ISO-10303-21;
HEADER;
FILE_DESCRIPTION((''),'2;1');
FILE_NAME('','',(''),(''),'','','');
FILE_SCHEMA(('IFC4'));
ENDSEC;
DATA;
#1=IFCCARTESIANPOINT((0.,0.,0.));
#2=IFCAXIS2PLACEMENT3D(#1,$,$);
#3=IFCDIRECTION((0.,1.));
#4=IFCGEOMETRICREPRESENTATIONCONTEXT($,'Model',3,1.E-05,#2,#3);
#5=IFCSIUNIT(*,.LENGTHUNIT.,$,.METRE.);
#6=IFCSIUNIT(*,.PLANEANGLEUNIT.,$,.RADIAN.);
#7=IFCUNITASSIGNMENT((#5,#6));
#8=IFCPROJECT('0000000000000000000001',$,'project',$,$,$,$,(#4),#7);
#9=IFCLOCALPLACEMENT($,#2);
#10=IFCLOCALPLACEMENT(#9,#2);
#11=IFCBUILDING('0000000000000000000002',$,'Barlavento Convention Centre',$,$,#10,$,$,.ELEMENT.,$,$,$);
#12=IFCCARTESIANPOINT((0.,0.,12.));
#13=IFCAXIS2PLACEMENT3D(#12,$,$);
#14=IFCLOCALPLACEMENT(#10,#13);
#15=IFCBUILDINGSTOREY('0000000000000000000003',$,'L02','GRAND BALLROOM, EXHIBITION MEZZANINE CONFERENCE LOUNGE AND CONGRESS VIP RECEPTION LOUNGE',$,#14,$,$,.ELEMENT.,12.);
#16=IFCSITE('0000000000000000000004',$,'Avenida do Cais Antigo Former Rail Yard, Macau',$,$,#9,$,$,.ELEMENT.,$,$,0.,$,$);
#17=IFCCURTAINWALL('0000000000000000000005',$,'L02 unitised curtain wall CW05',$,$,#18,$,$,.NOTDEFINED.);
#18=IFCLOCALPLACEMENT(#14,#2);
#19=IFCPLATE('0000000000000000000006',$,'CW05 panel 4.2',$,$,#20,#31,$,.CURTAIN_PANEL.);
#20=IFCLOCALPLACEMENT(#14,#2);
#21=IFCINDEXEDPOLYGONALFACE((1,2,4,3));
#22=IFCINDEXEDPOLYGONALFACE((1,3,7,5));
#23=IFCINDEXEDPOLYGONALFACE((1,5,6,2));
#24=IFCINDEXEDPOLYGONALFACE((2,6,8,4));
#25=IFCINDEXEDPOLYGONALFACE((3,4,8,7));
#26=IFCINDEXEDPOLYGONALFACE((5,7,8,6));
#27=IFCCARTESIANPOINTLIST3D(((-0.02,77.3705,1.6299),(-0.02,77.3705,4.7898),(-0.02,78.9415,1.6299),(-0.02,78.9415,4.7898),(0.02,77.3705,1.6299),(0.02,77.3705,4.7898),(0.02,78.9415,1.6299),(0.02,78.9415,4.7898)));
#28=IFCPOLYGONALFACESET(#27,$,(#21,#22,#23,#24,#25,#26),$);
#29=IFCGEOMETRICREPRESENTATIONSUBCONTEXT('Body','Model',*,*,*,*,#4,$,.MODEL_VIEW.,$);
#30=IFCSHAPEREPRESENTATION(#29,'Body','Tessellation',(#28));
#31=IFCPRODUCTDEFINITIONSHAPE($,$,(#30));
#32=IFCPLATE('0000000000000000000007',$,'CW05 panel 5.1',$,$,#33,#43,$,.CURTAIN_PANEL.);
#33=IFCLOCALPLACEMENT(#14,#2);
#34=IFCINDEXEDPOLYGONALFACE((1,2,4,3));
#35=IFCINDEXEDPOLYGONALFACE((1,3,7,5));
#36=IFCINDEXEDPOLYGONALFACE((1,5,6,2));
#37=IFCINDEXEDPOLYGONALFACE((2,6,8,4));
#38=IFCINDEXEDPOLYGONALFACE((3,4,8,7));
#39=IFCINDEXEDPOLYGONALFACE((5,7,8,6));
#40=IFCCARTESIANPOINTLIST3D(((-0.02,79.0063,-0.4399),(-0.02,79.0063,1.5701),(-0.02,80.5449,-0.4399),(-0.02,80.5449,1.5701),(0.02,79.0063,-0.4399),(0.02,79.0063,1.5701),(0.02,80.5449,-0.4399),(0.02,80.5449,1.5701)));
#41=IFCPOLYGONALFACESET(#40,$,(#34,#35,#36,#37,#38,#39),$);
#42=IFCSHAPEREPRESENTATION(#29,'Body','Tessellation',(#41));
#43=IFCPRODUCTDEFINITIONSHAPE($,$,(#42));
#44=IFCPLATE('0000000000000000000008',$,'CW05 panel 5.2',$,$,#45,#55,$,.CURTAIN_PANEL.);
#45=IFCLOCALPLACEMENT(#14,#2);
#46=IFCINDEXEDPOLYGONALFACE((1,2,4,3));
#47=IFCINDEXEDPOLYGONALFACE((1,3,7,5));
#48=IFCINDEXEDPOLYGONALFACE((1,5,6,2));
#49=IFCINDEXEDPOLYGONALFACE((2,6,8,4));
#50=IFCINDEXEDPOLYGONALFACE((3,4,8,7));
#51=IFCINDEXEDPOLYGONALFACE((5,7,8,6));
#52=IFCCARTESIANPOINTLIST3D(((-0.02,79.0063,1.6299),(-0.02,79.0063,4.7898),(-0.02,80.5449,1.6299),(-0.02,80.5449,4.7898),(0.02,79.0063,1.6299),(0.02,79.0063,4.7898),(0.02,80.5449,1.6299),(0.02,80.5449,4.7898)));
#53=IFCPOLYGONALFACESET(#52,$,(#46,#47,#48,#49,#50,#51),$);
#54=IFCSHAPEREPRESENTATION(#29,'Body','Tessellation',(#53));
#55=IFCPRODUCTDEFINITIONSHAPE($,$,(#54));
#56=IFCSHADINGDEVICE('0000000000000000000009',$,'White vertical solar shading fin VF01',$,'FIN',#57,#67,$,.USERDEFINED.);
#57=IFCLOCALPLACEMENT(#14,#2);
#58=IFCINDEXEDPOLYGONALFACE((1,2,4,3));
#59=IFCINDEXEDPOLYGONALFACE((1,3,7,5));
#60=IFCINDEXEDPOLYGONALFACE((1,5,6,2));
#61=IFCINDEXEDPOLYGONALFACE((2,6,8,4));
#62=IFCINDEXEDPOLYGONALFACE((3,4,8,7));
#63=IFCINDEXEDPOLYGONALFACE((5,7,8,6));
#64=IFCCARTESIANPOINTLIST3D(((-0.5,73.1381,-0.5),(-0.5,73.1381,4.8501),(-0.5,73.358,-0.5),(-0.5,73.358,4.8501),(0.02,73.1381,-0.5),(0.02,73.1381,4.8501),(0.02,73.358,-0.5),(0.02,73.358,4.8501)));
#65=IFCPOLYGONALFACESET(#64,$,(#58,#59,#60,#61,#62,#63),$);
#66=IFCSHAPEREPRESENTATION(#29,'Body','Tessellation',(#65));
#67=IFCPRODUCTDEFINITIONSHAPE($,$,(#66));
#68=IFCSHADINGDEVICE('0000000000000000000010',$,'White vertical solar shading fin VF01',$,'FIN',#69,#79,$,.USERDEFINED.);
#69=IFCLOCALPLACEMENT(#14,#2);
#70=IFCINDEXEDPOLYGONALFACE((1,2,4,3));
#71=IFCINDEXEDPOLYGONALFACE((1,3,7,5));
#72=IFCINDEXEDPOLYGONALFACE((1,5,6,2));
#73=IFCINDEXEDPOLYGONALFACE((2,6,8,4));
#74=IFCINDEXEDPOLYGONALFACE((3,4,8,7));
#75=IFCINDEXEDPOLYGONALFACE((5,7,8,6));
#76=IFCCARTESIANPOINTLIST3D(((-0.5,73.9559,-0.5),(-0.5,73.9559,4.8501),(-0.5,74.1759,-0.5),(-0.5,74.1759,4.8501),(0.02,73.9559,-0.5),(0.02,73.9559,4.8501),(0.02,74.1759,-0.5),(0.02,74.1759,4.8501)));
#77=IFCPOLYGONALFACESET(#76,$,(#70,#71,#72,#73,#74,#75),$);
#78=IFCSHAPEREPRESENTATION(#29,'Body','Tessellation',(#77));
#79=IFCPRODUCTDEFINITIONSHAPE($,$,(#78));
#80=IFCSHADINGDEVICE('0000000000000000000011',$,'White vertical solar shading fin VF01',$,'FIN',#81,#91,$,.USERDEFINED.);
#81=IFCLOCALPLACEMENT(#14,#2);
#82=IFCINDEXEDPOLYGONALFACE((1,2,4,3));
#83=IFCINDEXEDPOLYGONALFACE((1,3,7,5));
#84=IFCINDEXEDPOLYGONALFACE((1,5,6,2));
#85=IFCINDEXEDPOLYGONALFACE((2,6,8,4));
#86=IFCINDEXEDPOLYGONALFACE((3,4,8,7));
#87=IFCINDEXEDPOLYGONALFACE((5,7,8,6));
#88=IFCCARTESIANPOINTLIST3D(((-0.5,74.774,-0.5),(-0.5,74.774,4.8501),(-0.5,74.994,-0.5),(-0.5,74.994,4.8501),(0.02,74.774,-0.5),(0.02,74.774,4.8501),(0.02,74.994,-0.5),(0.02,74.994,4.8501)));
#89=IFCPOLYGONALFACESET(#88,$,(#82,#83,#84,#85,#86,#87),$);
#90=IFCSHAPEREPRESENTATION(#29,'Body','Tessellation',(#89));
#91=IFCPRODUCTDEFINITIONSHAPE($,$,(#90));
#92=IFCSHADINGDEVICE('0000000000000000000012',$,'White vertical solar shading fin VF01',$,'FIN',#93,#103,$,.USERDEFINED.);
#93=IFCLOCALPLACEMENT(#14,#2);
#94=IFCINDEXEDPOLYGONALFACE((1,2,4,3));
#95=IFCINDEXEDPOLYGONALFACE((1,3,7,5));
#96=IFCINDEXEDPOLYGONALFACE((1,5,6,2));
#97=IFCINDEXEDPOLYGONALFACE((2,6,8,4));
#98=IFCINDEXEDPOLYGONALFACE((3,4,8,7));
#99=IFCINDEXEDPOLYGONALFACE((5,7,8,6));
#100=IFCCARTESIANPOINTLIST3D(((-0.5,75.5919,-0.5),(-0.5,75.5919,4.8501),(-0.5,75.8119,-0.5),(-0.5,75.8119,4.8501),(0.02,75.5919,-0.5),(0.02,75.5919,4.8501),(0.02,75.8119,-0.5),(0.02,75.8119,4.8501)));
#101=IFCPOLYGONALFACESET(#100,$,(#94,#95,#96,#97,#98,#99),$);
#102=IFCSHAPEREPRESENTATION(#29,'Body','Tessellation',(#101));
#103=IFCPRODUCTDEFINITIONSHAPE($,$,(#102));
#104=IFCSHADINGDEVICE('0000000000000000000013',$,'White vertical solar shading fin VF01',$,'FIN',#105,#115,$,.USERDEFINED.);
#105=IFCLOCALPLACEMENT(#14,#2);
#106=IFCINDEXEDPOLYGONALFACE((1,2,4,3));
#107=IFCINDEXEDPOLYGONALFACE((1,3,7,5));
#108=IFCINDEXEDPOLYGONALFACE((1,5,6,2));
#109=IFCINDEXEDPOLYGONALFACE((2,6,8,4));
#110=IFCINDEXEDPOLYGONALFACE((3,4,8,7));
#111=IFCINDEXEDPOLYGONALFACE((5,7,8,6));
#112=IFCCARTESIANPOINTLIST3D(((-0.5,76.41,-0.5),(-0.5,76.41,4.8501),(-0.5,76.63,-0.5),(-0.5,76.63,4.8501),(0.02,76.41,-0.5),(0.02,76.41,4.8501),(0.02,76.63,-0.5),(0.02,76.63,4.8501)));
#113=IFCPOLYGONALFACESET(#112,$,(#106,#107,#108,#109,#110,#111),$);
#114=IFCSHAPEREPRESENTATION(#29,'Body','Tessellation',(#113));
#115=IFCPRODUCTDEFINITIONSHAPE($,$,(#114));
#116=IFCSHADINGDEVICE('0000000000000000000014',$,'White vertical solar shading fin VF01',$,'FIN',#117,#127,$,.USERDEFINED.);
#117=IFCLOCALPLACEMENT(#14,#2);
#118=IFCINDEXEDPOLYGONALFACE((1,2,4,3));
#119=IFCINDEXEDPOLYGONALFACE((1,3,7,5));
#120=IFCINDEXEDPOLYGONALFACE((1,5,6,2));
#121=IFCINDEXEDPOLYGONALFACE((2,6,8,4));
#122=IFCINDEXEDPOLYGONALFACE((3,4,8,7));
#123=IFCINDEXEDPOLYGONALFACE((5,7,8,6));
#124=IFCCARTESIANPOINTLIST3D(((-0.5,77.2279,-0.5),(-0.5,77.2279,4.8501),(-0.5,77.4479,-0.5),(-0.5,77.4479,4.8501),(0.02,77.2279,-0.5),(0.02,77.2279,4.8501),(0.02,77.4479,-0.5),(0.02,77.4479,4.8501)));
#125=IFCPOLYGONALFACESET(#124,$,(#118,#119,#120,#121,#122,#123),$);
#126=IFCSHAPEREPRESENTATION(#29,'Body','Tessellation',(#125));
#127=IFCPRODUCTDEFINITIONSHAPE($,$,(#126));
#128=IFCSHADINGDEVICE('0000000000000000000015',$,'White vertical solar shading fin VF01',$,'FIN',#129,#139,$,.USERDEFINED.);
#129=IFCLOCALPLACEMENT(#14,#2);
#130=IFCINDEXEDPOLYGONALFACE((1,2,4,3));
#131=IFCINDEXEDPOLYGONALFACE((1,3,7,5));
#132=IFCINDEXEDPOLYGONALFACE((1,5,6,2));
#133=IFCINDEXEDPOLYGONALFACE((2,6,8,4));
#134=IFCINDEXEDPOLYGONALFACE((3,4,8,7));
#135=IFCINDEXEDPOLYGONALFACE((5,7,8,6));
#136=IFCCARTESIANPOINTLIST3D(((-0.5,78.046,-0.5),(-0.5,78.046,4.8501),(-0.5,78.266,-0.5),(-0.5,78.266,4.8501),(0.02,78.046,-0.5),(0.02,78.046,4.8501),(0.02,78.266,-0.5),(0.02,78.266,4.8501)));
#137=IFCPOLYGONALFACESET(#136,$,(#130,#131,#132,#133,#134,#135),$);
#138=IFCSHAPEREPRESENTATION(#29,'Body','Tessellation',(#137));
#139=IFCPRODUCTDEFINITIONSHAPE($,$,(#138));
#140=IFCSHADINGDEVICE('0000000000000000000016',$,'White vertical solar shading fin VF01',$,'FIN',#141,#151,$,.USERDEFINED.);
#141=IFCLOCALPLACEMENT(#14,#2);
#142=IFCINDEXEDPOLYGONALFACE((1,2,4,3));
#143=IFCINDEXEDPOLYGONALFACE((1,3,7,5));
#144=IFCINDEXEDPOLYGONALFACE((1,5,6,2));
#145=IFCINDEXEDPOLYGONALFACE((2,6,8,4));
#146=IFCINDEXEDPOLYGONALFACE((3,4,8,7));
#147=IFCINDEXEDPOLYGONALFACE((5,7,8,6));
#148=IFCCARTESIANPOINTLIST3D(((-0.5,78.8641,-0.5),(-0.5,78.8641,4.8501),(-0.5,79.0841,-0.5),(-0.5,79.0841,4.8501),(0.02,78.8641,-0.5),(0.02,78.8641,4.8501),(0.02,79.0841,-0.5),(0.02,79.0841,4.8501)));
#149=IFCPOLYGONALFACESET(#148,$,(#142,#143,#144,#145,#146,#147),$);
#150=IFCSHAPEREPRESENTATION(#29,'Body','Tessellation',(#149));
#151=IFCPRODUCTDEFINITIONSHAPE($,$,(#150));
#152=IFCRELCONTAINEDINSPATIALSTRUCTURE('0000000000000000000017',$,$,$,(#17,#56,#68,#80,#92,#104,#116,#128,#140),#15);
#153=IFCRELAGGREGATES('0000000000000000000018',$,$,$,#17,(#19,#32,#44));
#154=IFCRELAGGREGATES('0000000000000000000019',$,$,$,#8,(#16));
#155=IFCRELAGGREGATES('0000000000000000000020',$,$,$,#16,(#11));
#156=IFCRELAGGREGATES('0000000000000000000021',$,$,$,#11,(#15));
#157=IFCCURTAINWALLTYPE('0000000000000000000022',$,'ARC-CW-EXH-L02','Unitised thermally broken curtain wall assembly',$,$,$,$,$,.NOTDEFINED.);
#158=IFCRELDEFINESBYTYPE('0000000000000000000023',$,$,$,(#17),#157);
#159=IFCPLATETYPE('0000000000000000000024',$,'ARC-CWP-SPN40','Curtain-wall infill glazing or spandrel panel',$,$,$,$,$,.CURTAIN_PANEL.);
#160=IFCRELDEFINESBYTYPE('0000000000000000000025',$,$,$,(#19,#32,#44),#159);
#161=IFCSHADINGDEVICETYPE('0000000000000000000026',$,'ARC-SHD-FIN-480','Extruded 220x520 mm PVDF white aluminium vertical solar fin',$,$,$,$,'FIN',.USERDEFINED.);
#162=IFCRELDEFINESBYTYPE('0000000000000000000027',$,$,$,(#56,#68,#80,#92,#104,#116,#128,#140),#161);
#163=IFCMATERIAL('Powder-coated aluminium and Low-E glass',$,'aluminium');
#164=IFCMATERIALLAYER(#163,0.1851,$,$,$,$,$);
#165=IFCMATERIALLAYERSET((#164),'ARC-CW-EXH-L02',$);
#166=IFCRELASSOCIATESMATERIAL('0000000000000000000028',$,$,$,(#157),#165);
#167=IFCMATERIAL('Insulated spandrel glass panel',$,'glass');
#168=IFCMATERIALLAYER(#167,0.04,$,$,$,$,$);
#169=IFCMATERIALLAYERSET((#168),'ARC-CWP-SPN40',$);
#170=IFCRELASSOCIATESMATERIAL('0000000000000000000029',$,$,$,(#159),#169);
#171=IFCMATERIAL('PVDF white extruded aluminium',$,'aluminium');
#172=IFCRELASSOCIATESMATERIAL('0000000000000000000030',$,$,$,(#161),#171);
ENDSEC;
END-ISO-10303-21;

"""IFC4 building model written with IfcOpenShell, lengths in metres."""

from ifc_helpers import new_model, si_unit, direction, frame, origin, origin_2d, place, context, subcontext, project, spatial, rectangle, extrude, material, layer, layer_set, type_object, element, aggregate, save


model = new_model("IFC4")

# Units and contexts
model_context = context("Model", 3, precision=1e-05, world=origin(), true_north=direction((0.0, 1.0)))
body_context = subcontext(model_context, "Body", "Model", "MODEL_VIEW")
ifc_project = project(units=[si_unit("LENGTHUNIT", "METRE"), si_unit("PLANEANGLEUNIT", "RADIAN")], contexts=[model_context])

# Site, building, storey
site_placement = place(None, origin())
site = spatial("IfcSite", under=ifc_project, at=site_placement, Name="Avenida do Cais Antigo Former Rail Yard, Macau", CompositionType="ELEMENT", RefElevation=0.0)
building_placement = place(site_placement, origin())
building = spatial("IfcBuilding", under=site, at=building_placement, Name="Barlavento Convention Centre", CompositionType="ELEMENT")
storey_placement = place(building_placement, frame((0.0, 0.0, 12.0)))
storey = spatial("IfcBuildingStorey", under=building, at=storey_placement, Name="L02", Description="GRAND BALLROOM, EXHIBITION MEZZANINE CONFERENCE LOUNGE AND CONGRESS VIP RECEPTION LOUNGE", CompositionType="ELEMENT", Elevation=12.0)

# Curtain wall
ifc_material_1 = material(Name="Powder-coated aluminium and Low-E glass", Category="aluminium")
ifc_layer_1 = layer(ifc_material_1, 0.1851)
ifc_layer_set_1 = layer_set([ifc_layer_1], Name="ARC-CW-EXH-L02")
curtain_wall_type = type_object("IfcCurtainWallType", Name="ARC-CW-EXH-L02", Description="Unitised thermally broken curtain wall assembly", PredefinedType="NOTDEFINED", material=ifc_layer_set_1)
curtain_wall_placement = place(storey_placement, origin())
curtain_wall = element("IfcCurtainWall", 1, at=curtain_wall_placement, inside=storey, type_object=curtain_wall_type, Name="L02 unitised curtain wall CW05", PredefinedType="NOTDEFINED")

# Plates
ifc_material_2 = material(Name="Insulated spandrel glass panel", Category="glass")
ifc_layer_2 = layer(ifc_material_2, 0.04)
ifc_layer_set_2 = layer_set([ifc_layer_2], Name="ARC-CWP-SPN40")
plate_type = type_object("IfcPlateType", Name="ARC-CWP-SPN40", Description="Curtain-wall infill glazing or spandrel panel", PredefinedType="CURTAIN_PANEL", material=ifc_layer_set_2)
plate_1_placement = place(storey_placement, frame((0.0, 78.156, 1.6299), z_axis=(0.0, 0.0, 1.0), x_axis=(0.0, 1.0, 0.0)))
plate_1 = element("IfcPlate", 2, at=plate_1_placement, type_object=plate_type, Name="CW05 panel 4.2", PredefinedType="CURTAIN_PANEL", context=body_context, shape_type="SweptSolid", body=[
    extrude(rectangle(XDim=1.571, YDim=0.04, at=origin_2d()), origin(), (0.0, 0.0, 1.0), 3.1599),
])
plate_2_placement = place(storey_placement, frame((0.0, 79.7756, -0.4399), z_axis=(0.0, 0.0, 1.0), x_axis=(0.0, 1.0, 0.0)))
plate_2 = element("IfcPlate", 3, at=plate_2_placement, type_object=plate_type, Name="CW05 panel 5.1", PredefinedType="CURTAIN_PANEL", context=body_context, shape_type="SweptSolid", body=[
    extrude(rectangle(XDim=1.5386, YDim=0.04, at=origin_2d()), origin(), (0.0, 0.0, 1.0), 2.01),
])
plate_3_placement = place(storey_placement, frame((0.0, 79.7756, 1.6299), z_axis=(0.0, 0.0, 1.0), x_axis=(0.0, 1.0, 0.0)))
plate_3 = element("IfcPlate", 4, at=plate_3_placement, type_object=plate_type, Name="CW05 panel 5.2", PredefinedType="CURTAIN_PANEL", context=body_context, shape_type="SweptSolid", body=[
    extrude(rectangle(XDim=1.5386, YDim=0.04, at=origin_2d()), origin(), (0.0, 0.0, 1.0), 3.1599),
])
aggregate(curtain_wall, [plate_1, plate_2, plate_3])

# Shading devices
ifc_material_3 = material(Name="PVDF white extruded aluminium", Category="aluminium")
shading_device_type = type_object("IfcShadingDeviceType", Name="ARC-SHD-FIN-480", Description="Extruded 220x520 mm PVDF white aluminium vertical solar fin", ElementType="FIN", PredefinedType="USERDEFINED", material=ifc_material_3)
for number, where, z_axis, x_axis, name in (
    (5, (-0.24, 73.248, -0.5), (0.0, 0.0, 1.0), (0.0, 1.0, 0.0), "White vertical solar shading fin VF01"),
    (6, (-0.24, 74.0659, -0.5), (0.0, 0.0, 1.0), (0.0, 1.0, 0.0), "White vertical solar shading fin VF01"),
    (7, (-0.24, 74.884, -0.5), (0.0, 0.0, 1.0), (0.0, 1.0, 0.0), "White vertical solar shading fin VF01"),
    (8, (-0.24, 75.7019, -0.5), (0.0, 0.0, 1.0), (0.0, 1.0, 0.0), "White vertical solar shading fin VF01"),
    (9, (-0.24, 76.52, -0.5), (0.0, 0.0, 1.0), (0.0, 1.0, 0.0), "White vertical solar shading fin VF01"),
    (10, (-0.24, 77.3379, -0.5), (0.0, 0.0, 1.0), (0.0, 1.0, 0.0), "White vertical solar shading fin VF01"),
    (11, (-0.24, 78.156, -0.5), (0.0, 0.0, 1.0), (0.0, 1.0, 0.0), "White vertical solar shading fin VF01"),
    (12, (-0.24, 78.9741, -0.5), (0.0, 0.0, 1.0), (0.0, 1.0, 0.0), "White vertical solar shading fin VF01"),
):
    element("IfcShadingDevice", number, at=place(storey_placement, frame(where, z_axis=z_axis, x_axis=x_axis)), inside=storey, type_object=shading_device_type, Name=name, ObjectType="FIN", PredefinedType="USERDEFINED", context=body_context, shape_type="SweptSolid", body=[
        extrude(rectangle(XDim=0.22, YDim=0.52, at=origin_2d()), origin(), (0.0, 0.0, 1.0), 5.3501),
    ])

save(model, "model.ifc")
